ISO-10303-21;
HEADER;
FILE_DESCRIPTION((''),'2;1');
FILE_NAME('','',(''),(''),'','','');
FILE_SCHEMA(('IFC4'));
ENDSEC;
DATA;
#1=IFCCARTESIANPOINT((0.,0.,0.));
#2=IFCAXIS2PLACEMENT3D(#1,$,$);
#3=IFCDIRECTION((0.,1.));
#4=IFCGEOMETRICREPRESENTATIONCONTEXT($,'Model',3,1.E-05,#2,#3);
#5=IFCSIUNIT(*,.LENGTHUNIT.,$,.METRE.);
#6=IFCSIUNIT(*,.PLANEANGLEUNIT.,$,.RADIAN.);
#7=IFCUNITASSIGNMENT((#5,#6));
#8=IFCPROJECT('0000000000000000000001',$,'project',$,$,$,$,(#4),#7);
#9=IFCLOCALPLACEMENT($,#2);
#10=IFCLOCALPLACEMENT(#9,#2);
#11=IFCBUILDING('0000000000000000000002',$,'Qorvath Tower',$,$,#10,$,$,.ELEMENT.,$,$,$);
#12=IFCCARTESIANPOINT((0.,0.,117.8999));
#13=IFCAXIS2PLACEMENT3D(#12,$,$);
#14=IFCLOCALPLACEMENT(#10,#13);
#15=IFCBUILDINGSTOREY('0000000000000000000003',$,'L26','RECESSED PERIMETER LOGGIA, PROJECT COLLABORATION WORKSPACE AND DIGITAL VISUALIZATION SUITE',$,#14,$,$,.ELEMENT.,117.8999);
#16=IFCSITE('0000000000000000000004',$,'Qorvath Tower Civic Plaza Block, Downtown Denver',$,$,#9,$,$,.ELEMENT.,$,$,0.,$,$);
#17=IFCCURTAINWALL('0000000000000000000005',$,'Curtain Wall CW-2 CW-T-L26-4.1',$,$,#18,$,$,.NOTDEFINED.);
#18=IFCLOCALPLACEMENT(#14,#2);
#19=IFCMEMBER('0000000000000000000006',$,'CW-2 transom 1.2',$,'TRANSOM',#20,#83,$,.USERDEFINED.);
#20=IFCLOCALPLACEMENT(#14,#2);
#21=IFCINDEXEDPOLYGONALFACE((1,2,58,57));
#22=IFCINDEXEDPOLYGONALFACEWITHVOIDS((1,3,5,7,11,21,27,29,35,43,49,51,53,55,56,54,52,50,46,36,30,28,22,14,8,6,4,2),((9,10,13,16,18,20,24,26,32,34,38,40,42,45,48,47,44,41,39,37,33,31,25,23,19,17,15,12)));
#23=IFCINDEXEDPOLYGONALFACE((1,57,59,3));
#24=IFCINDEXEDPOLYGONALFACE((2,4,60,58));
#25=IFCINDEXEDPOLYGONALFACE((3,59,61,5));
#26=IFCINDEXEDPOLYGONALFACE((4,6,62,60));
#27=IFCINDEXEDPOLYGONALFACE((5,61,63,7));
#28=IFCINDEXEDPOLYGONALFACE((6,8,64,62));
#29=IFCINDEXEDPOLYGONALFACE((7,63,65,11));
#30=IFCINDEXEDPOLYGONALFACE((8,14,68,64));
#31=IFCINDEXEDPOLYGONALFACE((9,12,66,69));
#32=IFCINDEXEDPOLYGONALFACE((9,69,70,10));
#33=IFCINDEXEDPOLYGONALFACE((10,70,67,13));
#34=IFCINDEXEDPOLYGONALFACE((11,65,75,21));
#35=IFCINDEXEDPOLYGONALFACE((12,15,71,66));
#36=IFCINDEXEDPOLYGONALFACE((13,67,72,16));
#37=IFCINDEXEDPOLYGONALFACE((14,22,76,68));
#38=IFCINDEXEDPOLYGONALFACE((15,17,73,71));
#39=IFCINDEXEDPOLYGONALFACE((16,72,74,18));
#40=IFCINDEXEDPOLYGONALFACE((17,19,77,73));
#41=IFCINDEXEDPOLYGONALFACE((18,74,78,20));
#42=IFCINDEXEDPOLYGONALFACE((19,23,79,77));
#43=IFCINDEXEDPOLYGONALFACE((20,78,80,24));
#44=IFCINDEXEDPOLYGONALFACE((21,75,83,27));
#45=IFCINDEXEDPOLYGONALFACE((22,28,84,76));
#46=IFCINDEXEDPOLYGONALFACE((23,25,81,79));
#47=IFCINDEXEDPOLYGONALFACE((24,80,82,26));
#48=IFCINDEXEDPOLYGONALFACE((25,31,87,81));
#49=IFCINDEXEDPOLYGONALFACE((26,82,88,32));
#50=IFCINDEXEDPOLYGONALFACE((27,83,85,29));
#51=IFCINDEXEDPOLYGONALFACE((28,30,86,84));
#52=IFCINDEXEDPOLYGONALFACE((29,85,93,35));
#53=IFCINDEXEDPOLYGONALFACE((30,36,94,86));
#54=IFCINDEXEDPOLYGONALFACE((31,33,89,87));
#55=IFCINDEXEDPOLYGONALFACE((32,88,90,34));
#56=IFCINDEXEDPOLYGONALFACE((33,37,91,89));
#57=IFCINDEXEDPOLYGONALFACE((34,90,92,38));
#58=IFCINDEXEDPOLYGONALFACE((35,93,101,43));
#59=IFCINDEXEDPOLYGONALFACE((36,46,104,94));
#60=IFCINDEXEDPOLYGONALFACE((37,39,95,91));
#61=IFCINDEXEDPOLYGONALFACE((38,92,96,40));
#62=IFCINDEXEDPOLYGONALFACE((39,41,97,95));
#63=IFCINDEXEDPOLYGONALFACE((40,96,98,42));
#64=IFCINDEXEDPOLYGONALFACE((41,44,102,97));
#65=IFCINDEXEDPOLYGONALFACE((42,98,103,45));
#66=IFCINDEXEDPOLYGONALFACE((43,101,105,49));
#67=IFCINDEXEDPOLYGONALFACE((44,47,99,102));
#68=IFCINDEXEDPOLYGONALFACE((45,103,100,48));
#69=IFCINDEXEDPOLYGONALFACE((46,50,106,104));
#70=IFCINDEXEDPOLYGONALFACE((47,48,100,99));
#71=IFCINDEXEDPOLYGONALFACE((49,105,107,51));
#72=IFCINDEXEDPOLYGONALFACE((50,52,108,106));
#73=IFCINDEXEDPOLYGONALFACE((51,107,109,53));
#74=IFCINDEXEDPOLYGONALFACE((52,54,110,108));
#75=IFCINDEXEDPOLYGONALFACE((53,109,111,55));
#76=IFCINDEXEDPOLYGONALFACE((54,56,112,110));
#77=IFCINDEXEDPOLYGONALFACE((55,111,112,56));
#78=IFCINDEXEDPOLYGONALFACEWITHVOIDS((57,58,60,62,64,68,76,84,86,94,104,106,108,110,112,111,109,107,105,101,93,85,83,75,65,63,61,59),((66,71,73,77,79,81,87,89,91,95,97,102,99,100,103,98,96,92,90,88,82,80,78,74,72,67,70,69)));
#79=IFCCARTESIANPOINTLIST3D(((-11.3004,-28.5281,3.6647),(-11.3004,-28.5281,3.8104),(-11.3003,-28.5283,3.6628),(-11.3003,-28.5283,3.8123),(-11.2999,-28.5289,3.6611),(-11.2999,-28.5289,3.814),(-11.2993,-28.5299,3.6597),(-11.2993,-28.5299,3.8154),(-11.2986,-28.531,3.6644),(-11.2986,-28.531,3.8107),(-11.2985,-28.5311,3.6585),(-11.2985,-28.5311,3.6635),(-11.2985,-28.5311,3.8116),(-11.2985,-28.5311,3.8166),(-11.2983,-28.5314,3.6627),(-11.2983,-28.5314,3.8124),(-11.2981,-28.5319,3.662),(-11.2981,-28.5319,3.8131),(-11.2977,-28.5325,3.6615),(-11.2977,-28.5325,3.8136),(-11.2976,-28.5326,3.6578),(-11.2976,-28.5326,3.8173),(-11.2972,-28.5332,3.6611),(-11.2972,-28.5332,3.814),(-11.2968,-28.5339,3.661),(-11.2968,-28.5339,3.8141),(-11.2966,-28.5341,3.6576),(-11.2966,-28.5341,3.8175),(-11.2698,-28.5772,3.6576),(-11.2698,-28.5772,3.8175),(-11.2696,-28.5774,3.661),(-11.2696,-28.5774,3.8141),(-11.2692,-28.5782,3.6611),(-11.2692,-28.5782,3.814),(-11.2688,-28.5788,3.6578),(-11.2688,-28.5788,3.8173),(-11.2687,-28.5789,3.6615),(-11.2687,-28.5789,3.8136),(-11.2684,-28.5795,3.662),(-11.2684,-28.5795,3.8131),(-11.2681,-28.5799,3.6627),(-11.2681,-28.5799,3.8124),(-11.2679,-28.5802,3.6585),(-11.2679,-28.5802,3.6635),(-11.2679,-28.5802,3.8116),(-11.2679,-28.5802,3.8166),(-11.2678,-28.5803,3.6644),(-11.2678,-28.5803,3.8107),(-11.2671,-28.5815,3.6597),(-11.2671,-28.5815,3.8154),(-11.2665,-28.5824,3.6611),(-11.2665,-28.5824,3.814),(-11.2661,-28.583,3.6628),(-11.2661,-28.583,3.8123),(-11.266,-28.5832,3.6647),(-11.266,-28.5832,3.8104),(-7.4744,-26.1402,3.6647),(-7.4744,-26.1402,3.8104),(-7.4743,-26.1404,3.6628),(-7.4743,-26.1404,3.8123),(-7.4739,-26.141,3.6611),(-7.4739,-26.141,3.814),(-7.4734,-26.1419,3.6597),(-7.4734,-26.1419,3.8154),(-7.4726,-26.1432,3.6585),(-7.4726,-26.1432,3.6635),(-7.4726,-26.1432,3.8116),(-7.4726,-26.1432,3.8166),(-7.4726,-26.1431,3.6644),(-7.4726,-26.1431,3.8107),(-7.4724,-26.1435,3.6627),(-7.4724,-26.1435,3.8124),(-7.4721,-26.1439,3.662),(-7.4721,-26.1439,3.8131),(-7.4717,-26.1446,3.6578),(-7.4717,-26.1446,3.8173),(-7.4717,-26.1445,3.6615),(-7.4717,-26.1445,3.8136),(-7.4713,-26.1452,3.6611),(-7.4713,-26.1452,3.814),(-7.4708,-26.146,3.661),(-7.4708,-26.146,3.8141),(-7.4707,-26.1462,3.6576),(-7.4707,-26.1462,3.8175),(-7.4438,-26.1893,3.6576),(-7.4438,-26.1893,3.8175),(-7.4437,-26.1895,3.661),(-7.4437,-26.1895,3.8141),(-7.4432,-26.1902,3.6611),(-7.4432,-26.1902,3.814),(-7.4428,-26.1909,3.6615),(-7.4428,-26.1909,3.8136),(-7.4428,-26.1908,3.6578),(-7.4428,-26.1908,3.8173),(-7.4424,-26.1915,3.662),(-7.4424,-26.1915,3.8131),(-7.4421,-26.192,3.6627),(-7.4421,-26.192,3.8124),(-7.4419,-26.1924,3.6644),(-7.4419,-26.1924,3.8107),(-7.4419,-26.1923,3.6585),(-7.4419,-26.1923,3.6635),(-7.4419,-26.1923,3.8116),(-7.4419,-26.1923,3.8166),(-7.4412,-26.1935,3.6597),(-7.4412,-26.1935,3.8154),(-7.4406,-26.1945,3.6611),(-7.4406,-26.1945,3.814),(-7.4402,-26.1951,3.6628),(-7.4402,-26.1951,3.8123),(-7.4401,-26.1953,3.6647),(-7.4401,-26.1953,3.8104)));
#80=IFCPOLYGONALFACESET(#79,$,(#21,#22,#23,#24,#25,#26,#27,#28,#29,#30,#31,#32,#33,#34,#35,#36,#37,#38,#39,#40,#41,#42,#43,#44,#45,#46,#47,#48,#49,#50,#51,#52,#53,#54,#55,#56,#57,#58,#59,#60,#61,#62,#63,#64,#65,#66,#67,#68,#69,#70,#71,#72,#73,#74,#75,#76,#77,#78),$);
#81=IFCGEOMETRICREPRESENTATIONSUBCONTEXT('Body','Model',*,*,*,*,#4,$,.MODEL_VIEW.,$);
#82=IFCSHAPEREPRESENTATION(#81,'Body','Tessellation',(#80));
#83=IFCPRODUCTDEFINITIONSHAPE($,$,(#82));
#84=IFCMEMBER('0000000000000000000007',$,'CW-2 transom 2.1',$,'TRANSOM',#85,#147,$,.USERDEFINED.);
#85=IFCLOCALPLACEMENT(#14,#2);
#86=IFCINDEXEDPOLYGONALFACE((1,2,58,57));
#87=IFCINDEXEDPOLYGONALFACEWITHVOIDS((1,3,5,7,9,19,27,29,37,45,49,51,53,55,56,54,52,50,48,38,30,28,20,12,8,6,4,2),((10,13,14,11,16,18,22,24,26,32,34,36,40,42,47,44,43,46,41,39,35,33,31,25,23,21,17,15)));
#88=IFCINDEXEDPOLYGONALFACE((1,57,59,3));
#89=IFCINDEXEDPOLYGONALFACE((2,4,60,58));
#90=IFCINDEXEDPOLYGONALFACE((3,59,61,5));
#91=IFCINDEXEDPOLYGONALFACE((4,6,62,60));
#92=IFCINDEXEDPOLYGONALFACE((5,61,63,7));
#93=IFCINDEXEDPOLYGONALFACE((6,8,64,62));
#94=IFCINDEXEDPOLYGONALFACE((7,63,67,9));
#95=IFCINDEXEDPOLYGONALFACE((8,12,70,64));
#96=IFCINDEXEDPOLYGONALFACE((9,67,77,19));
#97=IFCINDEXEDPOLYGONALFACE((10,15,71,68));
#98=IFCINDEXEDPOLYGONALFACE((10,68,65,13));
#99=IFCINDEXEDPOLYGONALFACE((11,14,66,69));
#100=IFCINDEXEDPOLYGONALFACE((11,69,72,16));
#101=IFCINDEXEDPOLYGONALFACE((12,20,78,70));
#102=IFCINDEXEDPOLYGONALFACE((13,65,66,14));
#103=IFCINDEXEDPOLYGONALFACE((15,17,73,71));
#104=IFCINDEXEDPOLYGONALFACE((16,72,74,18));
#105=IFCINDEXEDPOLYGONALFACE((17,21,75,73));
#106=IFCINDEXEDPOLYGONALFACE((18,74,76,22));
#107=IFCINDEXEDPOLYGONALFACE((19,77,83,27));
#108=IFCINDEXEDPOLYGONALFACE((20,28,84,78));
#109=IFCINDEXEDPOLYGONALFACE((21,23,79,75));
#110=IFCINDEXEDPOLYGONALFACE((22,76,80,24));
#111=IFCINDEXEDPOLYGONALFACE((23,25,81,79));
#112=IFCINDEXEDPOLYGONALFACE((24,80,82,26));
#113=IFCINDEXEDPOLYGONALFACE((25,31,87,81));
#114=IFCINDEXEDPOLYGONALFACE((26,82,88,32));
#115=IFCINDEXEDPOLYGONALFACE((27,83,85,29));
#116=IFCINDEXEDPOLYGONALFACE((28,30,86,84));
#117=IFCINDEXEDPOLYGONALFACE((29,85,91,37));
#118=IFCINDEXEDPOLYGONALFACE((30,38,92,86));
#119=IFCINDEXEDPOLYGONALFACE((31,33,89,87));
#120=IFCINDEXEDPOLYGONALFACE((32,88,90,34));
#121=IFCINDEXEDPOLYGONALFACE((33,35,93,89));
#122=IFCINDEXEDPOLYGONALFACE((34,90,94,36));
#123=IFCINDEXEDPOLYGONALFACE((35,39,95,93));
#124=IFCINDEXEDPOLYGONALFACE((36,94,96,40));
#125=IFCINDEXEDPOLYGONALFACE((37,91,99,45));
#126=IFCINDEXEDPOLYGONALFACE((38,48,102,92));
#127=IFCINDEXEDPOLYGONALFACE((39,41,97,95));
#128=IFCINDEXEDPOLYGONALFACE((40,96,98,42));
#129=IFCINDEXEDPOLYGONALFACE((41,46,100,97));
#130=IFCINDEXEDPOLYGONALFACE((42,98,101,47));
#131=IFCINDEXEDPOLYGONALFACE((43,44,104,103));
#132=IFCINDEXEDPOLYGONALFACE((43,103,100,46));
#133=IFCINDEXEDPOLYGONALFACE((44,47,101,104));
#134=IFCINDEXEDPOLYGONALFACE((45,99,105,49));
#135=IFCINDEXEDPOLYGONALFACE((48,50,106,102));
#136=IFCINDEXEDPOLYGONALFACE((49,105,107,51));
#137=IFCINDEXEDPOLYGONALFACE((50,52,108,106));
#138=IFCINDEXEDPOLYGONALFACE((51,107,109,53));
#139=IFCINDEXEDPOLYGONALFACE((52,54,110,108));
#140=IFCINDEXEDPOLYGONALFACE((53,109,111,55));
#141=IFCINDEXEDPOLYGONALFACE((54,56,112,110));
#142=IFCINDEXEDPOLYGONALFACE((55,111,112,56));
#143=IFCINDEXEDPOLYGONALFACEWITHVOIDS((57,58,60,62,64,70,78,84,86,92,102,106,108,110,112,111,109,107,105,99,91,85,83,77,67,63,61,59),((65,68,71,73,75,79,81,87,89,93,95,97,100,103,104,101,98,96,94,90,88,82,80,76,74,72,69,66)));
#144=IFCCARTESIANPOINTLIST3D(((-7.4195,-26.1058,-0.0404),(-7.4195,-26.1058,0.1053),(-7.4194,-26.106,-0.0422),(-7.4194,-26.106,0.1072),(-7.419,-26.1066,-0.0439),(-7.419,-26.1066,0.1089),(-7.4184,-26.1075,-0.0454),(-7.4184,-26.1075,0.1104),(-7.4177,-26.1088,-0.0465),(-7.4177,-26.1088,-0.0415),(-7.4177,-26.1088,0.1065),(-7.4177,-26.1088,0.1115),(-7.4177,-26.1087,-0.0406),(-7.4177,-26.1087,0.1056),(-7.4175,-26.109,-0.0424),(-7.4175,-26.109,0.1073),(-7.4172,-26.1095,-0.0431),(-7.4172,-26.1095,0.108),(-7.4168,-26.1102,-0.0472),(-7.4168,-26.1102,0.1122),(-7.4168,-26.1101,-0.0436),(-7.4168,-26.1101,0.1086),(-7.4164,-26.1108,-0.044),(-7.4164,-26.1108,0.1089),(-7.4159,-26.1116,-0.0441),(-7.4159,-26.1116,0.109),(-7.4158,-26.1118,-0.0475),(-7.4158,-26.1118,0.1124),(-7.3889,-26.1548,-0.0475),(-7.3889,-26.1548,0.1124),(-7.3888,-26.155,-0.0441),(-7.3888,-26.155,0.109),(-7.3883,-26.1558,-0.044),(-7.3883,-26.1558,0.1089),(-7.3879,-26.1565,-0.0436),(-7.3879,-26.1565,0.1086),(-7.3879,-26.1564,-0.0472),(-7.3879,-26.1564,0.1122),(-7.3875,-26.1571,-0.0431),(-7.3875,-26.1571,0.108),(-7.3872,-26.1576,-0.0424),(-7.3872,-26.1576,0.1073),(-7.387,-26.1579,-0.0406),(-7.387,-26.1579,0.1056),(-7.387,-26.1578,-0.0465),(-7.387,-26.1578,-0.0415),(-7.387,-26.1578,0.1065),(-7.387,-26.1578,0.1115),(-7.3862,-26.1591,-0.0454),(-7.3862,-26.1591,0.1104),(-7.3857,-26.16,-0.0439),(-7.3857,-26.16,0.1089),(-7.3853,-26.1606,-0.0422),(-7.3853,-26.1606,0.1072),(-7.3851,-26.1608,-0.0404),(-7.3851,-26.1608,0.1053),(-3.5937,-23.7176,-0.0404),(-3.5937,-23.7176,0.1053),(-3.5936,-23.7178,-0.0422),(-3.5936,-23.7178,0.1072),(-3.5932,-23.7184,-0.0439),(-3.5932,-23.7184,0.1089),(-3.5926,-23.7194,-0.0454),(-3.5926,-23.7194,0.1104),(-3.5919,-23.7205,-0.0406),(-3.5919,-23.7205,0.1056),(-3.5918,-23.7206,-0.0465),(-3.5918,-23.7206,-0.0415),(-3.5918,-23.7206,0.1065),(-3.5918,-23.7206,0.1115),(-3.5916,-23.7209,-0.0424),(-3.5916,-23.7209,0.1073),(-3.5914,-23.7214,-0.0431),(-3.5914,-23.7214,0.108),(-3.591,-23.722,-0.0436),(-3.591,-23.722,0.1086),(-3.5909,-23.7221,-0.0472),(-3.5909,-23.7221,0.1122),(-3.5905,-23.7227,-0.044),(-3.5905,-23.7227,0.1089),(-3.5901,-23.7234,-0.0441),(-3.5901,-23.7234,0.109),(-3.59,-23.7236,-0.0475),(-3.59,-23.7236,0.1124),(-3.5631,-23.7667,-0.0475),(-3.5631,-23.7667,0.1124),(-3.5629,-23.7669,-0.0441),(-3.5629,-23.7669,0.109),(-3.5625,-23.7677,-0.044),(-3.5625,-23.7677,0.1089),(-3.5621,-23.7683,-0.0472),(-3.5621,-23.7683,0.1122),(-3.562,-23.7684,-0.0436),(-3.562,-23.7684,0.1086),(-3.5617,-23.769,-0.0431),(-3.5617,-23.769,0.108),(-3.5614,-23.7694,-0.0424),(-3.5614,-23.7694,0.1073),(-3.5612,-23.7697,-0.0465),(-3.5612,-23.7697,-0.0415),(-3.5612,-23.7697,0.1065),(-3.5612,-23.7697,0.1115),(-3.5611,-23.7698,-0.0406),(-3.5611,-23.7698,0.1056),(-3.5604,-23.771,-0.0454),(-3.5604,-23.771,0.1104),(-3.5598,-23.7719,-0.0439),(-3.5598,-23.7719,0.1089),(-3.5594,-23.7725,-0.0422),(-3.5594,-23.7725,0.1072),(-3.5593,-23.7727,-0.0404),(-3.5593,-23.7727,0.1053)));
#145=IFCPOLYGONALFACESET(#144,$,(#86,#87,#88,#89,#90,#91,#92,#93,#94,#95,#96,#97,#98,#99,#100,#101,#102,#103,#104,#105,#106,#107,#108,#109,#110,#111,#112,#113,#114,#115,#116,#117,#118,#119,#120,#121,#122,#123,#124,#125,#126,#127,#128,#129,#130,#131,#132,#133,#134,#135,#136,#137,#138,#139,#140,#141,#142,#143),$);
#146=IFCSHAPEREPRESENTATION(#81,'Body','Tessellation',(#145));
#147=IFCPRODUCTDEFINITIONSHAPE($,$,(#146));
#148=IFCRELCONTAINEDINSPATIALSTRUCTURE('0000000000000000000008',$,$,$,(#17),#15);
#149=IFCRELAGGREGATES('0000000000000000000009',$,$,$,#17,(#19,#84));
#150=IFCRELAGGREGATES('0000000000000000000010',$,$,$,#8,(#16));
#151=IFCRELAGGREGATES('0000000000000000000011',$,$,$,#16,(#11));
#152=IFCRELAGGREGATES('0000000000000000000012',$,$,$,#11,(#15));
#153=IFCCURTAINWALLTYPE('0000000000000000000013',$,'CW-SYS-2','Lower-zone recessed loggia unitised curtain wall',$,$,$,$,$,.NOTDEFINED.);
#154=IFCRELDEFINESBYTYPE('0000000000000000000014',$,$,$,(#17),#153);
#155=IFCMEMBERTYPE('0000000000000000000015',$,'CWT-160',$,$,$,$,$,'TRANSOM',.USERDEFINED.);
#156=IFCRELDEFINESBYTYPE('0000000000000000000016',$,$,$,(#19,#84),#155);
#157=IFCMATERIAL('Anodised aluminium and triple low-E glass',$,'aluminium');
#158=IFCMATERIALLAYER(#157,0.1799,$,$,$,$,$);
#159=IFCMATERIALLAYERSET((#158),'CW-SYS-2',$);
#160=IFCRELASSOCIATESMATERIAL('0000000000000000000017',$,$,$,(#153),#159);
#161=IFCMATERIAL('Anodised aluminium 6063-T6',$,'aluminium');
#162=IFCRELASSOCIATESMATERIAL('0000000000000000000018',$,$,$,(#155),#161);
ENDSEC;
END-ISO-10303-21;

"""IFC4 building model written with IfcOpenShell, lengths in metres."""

from ifc_helpers import new_model, si_unit, direction, frame, origin, origin_2d, place, context, subcontext, project, spatial, hollow_rectangle, extrude, material, layer, layer_set, material_profile, profile_set, type_object, element, aggregate, save


model = new_model("IFC4")

# Units and contexts
model_context = context("Model", 3, precision=1e-05, world=origin(), true_north=direction((0.0, 1.0)))
body_context = subcontext(model_context, "Body", "Model", "MODEL_VIEW")
ifc_project = project(units=[si_unit("LENGTHUNIT", "METRE"), si_unit("PLANEANGLEUNIT", "RADIAN")], contexts=[model_context])

# Site, building, storey
site_placement = place(None, origin())
site = spatial("IfcSite", under=ifc_project, at=site_placement, Name="Qorvath Tower Civic Plaza Block, Downtown Denver", CompositionType="ELEMENT", RefElevation=0.0)
building_placement = place(site_placement, origin())
building = spatial("IfcBuilding", under=site, at=building_placement, Name="Qorvath Tower", CompositionType="ELEMENT")
storey_placement = place(building_placement, frame((0.0, 0.0, 117.8999)))
storey = spatial("IfcBuildingStorey", under=building, at=storey_placement, Name="L26", Description="RECESSED PERIMETER LOGGIA, PROJECT COLLABORATION WORKSPACE AND DIGITAL VISUALIZATION SUITE", CompositionType="ELEMENT", Elevation=117.8999)

# Curtain wall
ifc_material_1 = material(Name="Anodised aluminium and triple low-E glass", Category="aluminium")
ifc_layer_1 = layer(ifc_material_1, 0.1799)
ifc_layer_set_1 = layer_set([ifc_layer_1], Name="CW-SYS-2")
curtain_wall_type = type_object("IfcCurtainWallType", Name="CW-SYS-2", Description="Lower-zone recessed loggia unitised curtain wall", PredefinedType="NOTDEFINED", material=ifc_layer_set_1)
curtain_wall_1_placement = place(storey_placement, origin())
curtain_wall_1 = element("IfcCurtainWall", 1, at=curtain_wall_1_placement, inside=storey, type_object=curtain_wall_type, Name="Curtain Wall CW-2 CW-T-L26-4.1", PredefinedType="NOTDEFINED")

# Members
ifc_material_2 = material(Name="Anodised aluminium 6063-T6", Category="aluminium")
ifc_material_profile_1 = material_profile(ifc_material_2, hollow_rectangle(XDim=0.0649, YDim=0.1599, WallThickness=0.0034, InnerFilletRadius=0.0034, OuterFilletRadius=0.0071, at=origin_2d()), Name="CWT 160x65")
ifc_profile_set_1 = profile_set([ifc_material_profile_1], Name="Anodised aluminium 6063-T6")
member_type_1 = type_object("IfcMemberType", Name="CWT-160", ElementType="TRANSOM", PredefinedType="USERDEFINED", material=ifc_profile_set_1)
member_1_placement = place(storey_placement, frame((-11.2832, -28.5557, 3.7375), z_axis=(0.848324, 0.529478, 0.0), x_axis=(-0.529478, 0.848324, 0.0)))
member_1 = element("IfcMember", 2, at=member_1_placement, type_object=member_type_1, Name="CW-2 transom 1.2", ObjectType="TRANSOM", PredefinedType="USERDEFINED", context=body_context, shape_type="SweptSolid", body=[
    extrude(hollow_rectangle(XDim=0.0649, YDim=0.1599, WallThickness=0.0034, InnerFilletRadius=0.0034, OuterFilletRadius=0.0071, at=origin_2d()), origin(), (0.0, 0.0, 1.0), 4.51),
])
member_2_placement = place(storey_placement, frame((-7.4023, -26.1333, 0.0325), z_axis=(0.848299, 0.529517, 0.0), x_axis=(-0.529517, 0.848299, 0.0)))
member_2 = element("IfcMember", 3, at=member_2_placement, type_object=member_type_1, Name="CW-2 transom 2.1", ObjectType="TRANSOM", PredefinedType="USERDEFINED", context=body_context, shape_type="SweptSolid", body=[
    extrude(hollow_rectangle(XDim=0.0649, YDim=0.1599, WallThickness=0.0034, InnerFilletRadius=0.0034, OuterFilletRadius=0.0071, at=origin_2d()), origin(), (0.0, 0.0, 1.0), 4.51),
])

aggregate(curtain_wall_1, [member_1, member_2])

save(model, "model.ifc")
